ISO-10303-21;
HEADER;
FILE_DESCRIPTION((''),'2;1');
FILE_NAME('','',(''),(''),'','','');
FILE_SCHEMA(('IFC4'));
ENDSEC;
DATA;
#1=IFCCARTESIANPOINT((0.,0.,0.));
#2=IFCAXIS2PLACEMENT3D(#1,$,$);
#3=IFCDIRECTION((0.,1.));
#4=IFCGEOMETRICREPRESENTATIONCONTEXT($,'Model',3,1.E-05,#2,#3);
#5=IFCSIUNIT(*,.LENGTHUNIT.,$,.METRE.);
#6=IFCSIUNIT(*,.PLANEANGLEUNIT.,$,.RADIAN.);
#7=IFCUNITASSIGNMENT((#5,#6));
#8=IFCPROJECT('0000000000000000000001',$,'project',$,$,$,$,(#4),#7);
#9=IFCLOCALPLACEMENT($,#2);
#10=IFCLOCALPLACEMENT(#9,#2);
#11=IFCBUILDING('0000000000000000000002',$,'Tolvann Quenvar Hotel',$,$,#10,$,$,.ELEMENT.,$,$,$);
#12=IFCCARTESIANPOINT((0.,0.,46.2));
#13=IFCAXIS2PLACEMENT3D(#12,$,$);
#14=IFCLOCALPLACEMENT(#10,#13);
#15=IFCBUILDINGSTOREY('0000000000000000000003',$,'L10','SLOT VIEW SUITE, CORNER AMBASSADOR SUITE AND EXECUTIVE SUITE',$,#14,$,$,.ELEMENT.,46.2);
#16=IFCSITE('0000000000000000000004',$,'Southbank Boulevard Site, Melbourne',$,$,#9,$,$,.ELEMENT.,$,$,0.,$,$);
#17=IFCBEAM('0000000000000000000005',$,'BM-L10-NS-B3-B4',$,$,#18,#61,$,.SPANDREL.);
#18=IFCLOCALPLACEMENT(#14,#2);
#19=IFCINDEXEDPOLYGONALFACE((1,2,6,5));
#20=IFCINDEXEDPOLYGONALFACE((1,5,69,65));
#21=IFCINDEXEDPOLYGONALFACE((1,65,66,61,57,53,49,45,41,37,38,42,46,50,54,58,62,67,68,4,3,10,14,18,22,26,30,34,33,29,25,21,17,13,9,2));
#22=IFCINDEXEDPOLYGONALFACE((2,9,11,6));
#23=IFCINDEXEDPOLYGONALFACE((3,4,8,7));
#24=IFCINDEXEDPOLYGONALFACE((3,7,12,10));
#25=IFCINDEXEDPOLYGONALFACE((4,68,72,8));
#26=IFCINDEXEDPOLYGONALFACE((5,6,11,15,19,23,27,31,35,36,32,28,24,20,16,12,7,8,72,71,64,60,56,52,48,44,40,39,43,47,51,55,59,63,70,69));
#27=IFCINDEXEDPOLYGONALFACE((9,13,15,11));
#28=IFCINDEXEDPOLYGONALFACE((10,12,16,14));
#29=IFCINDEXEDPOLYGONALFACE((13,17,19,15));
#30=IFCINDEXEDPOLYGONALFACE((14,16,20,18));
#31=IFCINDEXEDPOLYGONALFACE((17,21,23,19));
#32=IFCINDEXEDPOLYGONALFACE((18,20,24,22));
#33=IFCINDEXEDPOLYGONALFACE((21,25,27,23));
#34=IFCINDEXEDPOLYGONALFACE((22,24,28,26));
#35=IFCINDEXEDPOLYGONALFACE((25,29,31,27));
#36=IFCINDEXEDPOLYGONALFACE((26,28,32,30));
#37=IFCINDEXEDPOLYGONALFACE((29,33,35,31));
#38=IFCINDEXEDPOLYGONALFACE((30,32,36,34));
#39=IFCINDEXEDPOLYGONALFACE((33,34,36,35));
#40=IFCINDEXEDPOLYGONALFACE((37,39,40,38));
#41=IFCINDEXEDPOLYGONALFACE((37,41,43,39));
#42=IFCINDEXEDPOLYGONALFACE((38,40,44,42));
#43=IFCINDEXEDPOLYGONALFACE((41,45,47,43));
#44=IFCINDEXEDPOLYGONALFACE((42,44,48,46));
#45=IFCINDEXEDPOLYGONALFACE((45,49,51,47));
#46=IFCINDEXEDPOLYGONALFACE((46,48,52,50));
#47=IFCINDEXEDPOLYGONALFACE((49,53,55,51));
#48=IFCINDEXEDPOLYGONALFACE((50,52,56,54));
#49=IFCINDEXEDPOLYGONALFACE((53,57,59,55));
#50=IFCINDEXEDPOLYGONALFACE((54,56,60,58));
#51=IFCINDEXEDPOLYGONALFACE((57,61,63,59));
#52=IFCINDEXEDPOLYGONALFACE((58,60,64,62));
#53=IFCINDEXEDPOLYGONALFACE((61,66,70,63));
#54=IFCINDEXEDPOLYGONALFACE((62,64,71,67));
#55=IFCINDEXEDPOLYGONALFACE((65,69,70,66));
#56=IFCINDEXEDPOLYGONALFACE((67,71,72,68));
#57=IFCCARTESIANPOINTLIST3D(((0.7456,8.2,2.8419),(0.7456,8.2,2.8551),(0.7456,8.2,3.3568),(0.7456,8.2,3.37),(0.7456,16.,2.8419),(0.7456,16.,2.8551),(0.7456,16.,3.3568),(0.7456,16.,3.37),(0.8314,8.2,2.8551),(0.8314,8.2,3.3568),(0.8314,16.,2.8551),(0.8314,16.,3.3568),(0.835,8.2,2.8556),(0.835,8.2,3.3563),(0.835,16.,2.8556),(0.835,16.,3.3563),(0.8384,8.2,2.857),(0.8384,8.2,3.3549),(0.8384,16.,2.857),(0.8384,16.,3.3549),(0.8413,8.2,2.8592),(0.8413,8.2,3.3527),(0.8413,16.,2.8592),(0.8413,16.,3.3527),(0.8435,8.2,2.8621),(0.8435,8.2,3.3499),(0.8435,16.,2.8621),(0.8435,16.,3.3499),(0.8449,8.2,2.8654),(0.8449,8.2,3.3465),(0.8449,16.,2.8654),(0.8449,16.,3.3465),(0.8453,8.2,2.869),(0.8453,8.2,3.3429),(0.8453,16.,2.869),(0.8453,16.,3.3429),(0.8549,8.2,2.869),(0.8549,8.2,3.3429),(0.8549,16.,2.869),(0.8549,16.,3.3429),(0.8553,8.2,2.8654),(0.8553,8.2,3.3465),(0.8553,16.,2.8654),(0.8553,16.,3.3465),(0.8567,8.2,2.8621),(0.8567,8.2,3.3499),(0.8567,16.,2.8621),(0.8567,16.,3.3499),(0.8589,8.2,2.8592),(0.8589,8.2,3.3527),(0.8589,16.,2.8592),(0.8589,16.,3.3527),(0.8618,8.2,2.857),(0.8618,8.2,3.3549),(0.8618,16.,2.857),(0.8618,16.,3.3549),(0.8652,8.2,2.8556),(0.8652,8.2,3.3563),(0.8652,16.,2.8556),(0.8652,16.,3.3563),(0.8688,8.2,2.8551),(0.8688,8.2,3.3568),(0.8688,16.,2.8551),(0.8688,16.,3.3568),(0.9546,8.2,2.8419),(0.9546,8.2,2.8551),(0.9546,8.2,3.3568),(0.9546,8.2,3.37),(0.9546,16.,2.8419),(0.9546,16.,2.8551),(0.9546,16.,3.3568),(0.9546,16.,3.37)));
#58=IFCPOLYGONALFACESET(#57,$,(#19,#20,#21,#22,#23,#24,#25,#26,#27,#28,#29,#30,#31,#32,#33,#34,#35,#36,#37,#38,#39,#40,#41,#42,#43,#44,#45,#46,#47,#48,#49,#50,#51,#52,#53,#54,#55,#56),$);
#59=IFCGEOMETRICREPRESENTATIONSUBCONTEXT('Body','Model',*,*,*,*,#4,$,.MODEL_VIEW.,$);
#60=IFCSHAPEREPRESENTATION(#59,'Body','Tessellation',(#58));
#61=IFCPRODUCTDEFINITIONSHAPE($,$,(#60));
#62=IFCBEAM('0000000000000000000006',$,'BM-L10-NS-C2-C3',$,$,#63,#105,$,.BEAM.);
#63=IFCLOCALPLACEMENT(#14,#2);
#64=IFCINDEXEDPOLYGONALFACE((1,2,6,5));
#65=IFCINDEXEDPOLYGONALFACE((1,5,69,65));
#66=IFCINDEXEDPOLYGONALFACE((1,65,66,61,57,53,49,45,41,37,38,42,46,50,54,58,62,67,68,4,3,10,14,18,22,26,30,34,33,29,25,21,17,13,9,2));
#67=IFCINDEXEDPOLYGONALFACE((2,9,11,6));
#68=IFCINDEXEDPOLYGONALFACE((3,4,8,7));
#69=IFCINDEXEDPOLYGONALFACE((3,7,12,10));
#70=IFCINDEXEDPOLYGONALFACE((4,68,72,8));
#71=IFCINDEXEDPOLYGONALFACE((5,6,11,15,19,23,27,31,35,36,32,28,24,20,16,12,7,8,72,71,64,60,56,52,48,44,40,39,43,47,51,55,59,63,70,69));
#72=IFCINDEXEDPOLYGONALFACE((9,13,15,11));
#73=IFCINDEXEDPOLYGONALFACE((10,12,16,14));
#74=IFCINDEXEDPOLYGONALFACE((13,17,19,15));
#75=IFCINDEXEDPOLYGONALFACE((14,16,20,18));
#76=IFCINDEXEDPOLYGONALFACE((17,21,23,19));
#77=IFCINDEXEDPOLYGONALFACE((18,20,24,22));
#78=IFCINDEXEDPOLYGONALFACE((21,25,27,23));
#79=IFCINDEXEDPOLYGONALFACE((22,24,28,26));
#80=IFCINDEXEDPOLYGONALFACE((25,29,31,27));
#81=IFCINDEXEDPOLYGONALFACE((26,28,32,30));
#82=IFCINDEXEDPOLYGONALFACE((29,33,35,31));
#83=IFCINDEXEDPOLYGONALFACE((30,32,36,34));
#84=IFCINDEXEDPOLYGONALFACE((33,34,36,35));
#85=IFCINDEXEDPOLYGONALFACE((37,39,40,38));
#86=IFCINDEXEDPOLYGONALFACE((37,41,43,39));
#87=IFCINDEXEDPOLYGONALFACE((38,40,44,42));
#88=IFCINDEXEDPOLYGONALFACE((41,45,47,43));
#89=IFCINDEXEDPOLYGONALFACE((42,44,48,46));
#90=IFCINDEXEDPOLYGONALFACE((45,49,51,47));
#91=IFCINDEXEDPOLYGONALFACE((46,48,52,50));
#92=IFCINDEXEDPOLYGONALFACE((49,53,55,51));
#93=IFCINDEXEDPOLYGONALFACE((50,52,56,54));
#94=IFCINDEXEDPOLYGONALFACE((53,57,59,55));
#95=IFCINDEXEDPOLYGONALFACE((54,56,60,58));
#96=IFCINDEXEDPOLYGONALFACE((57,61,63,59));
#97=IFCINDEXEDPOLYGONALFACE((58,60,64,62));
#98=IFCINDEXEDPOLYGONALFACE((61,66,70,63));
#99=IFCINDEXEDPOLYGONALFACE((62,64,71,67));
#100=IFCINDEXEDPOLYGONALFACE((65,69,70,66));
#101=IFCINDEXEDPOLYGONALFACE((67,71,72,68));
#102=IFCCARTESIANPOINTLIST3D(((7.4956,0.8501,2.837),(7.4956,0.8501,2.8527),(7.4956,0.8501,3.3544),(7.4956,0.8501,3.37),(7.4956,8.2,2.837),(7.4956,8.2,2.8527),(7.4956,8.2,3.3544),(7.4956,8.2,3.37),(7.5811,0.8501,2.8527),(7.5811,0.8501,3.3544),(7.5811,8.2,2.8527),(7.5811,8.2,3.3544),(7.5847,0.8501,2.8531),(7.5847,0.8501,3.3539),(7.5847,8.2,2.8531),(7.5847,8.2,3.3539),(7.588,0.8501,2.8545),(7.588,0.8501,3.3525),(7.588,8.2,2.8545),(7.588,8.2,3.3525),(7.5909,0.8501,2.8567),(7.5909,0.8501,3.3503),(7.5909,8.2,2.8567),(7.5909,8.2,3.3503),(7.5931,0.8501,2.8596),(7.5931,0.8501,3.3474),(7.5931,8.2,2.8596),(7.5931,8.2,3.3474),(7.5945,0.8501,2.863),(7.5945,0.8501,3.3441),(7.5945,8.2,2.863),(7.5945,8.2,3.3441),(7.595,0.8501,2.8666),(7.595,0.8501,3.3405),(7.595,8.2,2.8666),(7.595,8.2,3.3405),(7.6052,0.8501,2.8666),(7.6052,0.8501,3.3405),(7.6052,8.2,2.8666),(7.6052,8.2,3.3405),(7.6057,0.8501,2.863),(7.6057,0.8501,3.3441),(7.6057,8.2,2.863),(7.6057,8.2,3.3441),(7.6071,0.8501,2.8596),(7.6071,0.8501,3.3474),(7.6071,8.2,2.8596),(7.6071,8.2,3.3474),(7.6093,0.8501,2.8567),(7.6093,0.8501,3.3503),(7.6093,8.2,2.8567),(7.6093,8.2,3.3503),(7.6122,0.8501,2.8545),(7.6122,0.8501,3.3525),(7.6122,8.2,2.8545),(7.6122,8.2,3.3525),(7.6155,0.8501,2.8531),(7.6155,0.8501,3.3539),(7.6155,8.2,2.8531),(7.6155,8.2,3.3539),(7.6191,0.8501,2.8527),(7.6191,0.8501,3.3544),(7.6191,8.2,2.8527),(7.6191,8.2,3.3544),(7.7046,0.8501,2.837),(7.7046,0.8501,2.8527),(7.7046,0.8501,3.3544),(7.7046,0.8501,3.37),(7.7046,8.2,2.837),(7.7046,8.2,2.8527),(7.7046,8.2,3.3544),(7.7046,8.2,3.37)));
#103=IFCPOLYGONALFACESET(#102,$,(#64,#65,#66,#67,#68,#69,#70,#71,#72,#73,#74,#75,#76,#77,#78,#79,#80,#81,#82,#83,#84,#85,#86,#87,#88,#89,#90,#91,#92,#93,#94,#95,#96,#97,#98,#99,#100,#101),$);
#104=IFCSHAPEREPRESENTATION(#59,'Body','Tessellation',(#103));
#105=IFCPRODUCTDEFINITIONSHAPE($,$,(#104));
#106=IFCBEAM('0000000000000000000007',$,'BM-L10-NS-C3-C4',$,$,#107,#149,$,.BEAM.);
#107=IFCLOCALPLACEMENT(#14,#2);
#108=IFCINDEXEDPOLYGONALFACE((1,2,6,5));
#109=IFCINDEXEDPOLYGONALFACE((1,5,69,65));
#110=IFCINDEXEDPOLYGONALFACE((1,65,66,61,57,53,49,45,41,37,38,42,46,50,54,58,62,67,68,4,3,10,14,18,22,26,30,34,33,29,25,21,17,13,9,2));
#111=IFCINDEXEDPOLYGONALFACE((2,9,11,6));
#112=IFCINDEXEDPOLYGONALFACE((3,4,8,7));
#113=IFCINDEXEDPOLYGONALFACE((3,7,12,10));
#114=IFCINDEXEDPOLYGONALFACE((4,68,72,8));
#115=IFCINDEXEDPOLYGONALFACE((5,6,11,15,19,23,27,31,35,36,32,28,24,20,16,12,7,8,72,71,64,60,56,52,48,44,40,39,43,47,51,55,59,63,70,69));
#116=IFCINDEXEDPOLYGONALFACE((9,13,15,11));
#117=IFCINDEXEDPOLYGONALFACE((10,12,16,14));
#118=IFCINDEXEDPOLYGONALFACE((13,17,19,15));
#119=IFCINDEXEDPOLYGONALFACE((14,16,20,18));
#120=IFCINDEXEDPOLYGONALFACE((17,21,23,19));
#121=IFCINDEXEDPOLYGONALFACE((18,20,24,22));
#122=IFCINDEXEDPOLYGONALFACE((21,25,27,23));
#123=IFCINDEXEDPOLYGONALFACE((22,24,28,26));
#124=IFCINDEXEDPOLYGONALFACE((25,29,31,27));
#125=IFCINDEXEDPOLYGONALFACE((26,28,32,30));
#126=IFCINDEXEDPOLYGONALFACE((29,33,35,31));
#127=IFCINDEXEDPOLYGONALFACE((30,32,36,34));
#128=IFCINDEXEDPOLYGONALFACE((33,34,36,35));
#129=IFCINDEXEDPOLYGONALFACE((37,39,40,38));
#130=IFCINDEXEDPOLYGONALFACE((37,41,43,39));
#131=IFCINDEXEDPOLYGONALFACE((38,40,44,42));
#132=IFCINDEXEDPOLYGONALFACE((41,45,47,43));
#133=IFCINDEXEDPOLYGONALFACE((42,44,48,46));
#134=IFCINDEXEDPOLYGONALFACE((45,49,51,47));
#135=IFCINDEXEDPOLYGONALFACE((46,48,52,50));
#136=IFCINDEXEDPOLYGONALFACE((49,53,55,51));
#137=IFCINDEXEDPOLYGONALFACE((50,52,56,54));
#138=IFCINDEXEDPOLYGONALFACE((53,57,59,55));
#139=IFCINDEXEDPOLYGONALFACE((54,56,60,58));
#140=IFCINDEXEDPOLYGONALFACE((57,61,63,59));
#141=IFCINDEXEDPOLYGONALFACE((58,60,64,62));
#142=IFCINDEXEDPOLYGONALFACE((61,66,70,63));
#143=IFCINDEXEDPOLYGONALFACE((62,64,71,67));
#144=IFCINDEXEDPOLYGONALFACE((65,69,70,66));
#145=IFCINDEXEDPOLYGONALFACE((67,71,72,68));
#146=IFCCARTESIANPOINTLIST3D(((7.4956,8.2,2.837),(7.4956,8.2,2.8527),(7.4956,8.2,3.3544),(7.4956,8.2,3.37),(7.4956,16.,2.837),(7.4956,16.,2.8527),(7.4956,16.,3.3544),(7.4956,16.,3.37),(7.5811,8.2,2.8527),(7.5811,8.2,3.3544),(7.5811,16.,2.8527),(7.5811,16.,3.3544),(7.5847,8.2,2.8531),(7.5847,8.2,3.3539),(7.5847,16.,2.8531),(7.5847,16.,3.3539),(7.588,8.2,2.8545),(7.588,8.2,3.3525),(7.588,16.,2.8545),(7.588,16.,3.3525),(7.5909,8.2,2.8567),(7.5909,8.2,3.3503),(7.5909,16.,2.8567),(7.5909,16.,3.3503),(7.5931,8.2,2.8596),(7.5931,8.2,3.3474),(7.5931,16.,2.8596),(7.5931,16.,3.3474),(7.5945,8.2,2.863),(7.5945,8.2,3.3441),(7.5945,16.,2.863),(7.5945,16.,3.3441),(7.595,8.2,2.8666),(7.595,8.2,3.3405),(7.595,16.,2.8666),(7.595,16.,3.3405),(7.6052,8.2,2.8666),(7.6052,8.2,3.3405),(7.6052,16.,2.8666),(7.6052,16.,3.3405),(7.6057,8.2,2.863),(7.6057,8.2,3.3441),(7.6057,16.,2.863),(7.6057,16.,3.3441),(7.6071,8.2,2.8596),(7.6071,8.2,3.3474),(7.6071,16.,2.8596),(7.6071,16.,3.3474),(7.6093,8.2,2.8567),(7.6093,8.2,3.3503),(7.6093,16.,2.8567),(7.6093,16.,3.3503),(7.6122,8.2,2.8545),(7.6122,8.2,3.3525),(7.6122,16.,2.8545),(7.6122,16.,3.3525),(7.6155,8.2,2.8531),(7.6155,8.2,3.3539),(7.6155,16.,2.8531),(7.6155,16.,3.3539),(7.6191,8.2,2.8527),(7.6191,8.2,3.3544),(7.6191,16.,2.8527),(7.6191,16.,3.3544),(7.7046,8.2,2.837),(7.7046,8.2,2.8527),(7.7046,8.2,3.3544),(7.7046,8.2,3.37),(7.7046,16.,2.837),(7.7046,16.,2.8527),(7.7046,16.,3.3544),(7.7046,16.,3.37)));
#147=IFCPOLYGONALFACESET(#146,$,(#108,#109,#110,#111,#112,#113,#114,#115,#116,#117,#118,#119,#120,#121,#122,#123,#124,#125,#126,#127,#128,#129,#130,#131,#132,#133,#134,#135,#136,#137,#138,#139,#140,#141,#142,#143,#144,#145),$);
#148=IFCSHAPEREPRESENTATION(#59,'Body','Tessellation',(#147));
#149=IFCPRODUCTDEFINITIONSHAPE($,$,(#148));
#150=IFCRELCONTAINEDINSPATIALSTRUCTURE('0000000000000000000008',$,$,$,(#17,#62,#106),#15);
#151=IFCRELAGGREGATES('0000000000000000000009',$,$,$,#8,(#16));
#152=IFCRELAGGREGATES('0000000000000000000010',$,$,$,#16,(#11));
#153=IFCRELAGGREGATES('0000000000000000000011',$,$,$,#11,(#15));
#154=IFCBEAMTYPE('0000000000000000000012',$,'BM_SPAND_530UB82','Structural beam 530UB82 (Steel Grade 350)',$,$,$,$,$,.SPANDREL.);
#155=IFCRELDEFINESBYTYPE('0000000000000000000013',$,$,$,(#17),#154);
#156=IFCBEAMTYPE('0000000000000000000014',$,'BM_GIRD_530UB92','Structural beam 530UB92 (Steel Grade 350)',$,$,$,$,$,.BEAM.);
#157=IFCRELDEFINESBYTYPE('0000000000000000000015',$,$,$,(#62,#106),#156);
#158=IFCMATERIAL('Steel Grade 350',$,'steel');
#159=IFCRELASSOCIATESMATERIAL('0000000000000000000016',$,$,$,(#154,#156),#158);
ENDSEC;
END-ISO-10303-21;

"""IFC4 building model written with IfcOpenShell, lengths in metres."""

from ifc_helpers import new_model, si_unit, direction, frame, origin, origin_2d, place, context, subcontext, project, spatial, i_section, extrude, source, transform, mapped, material, material_profile, profile_set, type_object, type_shapes, element, save


model = new_model("IFC4")

# Units and contexts
model_context = context("Model", 3, precision=1e-05, world=origin(), true_north=direction((0.0, 1.0)))
body_context = subcontext(model_context, "Body", "Model", "MODEL_VIEW")
ifc_project = project(units=[si_unit("LENGTHUNIT", "METRE"), si_unit("PLANEANGLEUNIT", "RADIAN")], contexts=[model_context])

# Site, building, storey
site_placement = place(None, origin())
site = spatial("IfcSite", under=ifc_project, at=site_placement, Name="Southbank Boulevard Site, Melbourne", CompositionType="ELEMENT", RefElevation=0.0)
building_placement = place(site_placement, origin())
building = spatial("IfcBuilding", under=site, at=building_placement, Name="Tolvann Quenvar Hotel", CompositionType="ELEMENT")
storey_placement = place(building_placement, frame((0.0, 0.0, 46.2)))
storey = spatial("IfcBuildingStorey", under=building, at=storey_placement, Name="L10", Description="SLOT VIEW SUITE, CORNER AMBASSADOR SUITE AND EXECUTIVE SUITE", CompositionType="ELEMENT", Elevation=46.2)

# Shared definitions
ifc_material_1 = material(Name="Steel Grade 350", Category="steel")

# Beams
ifc_material_profile_1 = material_profile(ifc_material_1, i_section(OverallWidth=0.209, OverallDepth=0.5281, WebThickness=0.0095, FlangeThickness=0.0132, FilletRadius=0.0139, at=origin_2d()), Name="530UB82")
ifc_profile_set_1 = profile_set([ifc_material_profile_1], Name="Steel Grade 350")
beam_type_1 = type_object("IfcBeamType", Name="BM_SPAND_530UB82", Description="Structural beam 530UB82 (Steel Grade 350)", PredefinedType="SPANDREL", material=ifc_profile_set_1)
shared_shape_1 = source(origin(), body_context, "Body", "SweptSolid", [
    extrude(i_section(OverallWidth=0.209, OverallDepth=0.5281, WebThickness=0.0095, FlangeThickness=0.0132, FilletRadius=0.0139, at=origin_2d()), origin(), (0.0, 0.0, 1.0), 7.8),
])
beam_1_placement = place(storey_placement, frame((0.8501, 8.2, 3.106), z_axis=(0.0, 1.0, 0.0), x_axis=(-1.0, 0.0, 0.0)))
element("IfcBeam", 1, at=beam_1_placement, inside=storey, type_object=beam_type_1, Name="BM-L10-NS-B3-B4", PredefinedType="SPANDREL", context=body_context, shape_type="MappedRepresentation", body=[
    mapped(shared_shape_1, transform((0.0, 0.0, 0.0), x_axis=(1.0, 0.0, 0.0), y_axis=(0.0, 1.0, 0.0), z_axis=(0.0, 0.0, 1.0), scale=1.0)),
])
ifc_material_profile_2 = material_profile(ifc_material_1, i_section(OverallWidth=0.209, OverallDepth=0.533, WebThickness=0.0103, FlangeThickness=0.0156, FilletRadius=0.0139, at=origin_2d()), Name="530UB92")
ifc_profile_set_2 = profile_set([ifc_material_profile_2], Name="Steel Grade 350")
beam_type_2 = type_object("IfcBeamType", Name="BM_GIRD_530UB92", Description="Structural beam 530UB92 (Steel Grade 350)", PredefinedType="BEAM", material=ifc_profile_set_2)
shared_shape_2 = source(origin(), body_context, "Body", "SweptSolid", [
    extrude(i_section(OverallWidth=0.209, OverallDepth=0.533, WebThickness=0.0103, FlangeThickness=0.0156, FilletRadius=0.0139, at=origin_2d()), origin(), (0.0, 0.0, 1.0), 7.3499),
])
beam_2_placement = place(storey_placement, frame((7.6001, 0.8501, 3.1035), z_axis=(0.0, 1.0, 0.0), x_axis=(-1.0, 0.0, 0.0)))
element("IfcBeam", 2, at=beam_2_placement, inside=storey, type_object=beam_type_2, Name="BM-L10-NS-C2-C3", PredefinedType="BEAM", context=body_context, shape_type="MappedRepresentation", body=[
    mapped(shared_shape_2, transform((0.0, 0.0, 0.0), x_axis=(1.0, 0.0, 0.0), y_axis=(0.0, 1.0, 0.0), z_axis=(0.0, 0.0, 1.0), scale=1.0)),
])
shared_shape_3 = source(origin(), body_context, "Body", "SweptSolid", [
    extrude(i_section(OverallWidth=0.209, OverallDepth=0.533, WebThickness=0.0103, FlangeThickness=0.0156, FilletRadius=0.0139, at=origin_2d()), origin(), (0.0, 0.0, 1.0), 7.8),
])
type_shapes(beam_type_2, [shared_shape_2, shared_shape_3])
beam_3_placement = place(storey_placement, frame((7.6001, 8.2, 3.1035), z_axis=(0.0, 1.0, 0.0), x_axis=(-1.0, 0.0, 0.0)))
element("IfcBeam", 3, at=beam_3_placement, inside=storey, type_object=beam_type_2, Name="BM-L10-NS-C3-C4", PredefinedType="BEAM", context=body_context, shape_type="MappedRepresentation", body=[
    mapped(shared_shape_3, transform((0.0, 0.0, 0.0), x_axis=(1.0, 0.0, 0.0), y_axis=(0.0, 1.0, 0.0), z_axis=(0.0, 0.0, 1.0), scale=1.0)),
])

save(model, "model.ifc")
